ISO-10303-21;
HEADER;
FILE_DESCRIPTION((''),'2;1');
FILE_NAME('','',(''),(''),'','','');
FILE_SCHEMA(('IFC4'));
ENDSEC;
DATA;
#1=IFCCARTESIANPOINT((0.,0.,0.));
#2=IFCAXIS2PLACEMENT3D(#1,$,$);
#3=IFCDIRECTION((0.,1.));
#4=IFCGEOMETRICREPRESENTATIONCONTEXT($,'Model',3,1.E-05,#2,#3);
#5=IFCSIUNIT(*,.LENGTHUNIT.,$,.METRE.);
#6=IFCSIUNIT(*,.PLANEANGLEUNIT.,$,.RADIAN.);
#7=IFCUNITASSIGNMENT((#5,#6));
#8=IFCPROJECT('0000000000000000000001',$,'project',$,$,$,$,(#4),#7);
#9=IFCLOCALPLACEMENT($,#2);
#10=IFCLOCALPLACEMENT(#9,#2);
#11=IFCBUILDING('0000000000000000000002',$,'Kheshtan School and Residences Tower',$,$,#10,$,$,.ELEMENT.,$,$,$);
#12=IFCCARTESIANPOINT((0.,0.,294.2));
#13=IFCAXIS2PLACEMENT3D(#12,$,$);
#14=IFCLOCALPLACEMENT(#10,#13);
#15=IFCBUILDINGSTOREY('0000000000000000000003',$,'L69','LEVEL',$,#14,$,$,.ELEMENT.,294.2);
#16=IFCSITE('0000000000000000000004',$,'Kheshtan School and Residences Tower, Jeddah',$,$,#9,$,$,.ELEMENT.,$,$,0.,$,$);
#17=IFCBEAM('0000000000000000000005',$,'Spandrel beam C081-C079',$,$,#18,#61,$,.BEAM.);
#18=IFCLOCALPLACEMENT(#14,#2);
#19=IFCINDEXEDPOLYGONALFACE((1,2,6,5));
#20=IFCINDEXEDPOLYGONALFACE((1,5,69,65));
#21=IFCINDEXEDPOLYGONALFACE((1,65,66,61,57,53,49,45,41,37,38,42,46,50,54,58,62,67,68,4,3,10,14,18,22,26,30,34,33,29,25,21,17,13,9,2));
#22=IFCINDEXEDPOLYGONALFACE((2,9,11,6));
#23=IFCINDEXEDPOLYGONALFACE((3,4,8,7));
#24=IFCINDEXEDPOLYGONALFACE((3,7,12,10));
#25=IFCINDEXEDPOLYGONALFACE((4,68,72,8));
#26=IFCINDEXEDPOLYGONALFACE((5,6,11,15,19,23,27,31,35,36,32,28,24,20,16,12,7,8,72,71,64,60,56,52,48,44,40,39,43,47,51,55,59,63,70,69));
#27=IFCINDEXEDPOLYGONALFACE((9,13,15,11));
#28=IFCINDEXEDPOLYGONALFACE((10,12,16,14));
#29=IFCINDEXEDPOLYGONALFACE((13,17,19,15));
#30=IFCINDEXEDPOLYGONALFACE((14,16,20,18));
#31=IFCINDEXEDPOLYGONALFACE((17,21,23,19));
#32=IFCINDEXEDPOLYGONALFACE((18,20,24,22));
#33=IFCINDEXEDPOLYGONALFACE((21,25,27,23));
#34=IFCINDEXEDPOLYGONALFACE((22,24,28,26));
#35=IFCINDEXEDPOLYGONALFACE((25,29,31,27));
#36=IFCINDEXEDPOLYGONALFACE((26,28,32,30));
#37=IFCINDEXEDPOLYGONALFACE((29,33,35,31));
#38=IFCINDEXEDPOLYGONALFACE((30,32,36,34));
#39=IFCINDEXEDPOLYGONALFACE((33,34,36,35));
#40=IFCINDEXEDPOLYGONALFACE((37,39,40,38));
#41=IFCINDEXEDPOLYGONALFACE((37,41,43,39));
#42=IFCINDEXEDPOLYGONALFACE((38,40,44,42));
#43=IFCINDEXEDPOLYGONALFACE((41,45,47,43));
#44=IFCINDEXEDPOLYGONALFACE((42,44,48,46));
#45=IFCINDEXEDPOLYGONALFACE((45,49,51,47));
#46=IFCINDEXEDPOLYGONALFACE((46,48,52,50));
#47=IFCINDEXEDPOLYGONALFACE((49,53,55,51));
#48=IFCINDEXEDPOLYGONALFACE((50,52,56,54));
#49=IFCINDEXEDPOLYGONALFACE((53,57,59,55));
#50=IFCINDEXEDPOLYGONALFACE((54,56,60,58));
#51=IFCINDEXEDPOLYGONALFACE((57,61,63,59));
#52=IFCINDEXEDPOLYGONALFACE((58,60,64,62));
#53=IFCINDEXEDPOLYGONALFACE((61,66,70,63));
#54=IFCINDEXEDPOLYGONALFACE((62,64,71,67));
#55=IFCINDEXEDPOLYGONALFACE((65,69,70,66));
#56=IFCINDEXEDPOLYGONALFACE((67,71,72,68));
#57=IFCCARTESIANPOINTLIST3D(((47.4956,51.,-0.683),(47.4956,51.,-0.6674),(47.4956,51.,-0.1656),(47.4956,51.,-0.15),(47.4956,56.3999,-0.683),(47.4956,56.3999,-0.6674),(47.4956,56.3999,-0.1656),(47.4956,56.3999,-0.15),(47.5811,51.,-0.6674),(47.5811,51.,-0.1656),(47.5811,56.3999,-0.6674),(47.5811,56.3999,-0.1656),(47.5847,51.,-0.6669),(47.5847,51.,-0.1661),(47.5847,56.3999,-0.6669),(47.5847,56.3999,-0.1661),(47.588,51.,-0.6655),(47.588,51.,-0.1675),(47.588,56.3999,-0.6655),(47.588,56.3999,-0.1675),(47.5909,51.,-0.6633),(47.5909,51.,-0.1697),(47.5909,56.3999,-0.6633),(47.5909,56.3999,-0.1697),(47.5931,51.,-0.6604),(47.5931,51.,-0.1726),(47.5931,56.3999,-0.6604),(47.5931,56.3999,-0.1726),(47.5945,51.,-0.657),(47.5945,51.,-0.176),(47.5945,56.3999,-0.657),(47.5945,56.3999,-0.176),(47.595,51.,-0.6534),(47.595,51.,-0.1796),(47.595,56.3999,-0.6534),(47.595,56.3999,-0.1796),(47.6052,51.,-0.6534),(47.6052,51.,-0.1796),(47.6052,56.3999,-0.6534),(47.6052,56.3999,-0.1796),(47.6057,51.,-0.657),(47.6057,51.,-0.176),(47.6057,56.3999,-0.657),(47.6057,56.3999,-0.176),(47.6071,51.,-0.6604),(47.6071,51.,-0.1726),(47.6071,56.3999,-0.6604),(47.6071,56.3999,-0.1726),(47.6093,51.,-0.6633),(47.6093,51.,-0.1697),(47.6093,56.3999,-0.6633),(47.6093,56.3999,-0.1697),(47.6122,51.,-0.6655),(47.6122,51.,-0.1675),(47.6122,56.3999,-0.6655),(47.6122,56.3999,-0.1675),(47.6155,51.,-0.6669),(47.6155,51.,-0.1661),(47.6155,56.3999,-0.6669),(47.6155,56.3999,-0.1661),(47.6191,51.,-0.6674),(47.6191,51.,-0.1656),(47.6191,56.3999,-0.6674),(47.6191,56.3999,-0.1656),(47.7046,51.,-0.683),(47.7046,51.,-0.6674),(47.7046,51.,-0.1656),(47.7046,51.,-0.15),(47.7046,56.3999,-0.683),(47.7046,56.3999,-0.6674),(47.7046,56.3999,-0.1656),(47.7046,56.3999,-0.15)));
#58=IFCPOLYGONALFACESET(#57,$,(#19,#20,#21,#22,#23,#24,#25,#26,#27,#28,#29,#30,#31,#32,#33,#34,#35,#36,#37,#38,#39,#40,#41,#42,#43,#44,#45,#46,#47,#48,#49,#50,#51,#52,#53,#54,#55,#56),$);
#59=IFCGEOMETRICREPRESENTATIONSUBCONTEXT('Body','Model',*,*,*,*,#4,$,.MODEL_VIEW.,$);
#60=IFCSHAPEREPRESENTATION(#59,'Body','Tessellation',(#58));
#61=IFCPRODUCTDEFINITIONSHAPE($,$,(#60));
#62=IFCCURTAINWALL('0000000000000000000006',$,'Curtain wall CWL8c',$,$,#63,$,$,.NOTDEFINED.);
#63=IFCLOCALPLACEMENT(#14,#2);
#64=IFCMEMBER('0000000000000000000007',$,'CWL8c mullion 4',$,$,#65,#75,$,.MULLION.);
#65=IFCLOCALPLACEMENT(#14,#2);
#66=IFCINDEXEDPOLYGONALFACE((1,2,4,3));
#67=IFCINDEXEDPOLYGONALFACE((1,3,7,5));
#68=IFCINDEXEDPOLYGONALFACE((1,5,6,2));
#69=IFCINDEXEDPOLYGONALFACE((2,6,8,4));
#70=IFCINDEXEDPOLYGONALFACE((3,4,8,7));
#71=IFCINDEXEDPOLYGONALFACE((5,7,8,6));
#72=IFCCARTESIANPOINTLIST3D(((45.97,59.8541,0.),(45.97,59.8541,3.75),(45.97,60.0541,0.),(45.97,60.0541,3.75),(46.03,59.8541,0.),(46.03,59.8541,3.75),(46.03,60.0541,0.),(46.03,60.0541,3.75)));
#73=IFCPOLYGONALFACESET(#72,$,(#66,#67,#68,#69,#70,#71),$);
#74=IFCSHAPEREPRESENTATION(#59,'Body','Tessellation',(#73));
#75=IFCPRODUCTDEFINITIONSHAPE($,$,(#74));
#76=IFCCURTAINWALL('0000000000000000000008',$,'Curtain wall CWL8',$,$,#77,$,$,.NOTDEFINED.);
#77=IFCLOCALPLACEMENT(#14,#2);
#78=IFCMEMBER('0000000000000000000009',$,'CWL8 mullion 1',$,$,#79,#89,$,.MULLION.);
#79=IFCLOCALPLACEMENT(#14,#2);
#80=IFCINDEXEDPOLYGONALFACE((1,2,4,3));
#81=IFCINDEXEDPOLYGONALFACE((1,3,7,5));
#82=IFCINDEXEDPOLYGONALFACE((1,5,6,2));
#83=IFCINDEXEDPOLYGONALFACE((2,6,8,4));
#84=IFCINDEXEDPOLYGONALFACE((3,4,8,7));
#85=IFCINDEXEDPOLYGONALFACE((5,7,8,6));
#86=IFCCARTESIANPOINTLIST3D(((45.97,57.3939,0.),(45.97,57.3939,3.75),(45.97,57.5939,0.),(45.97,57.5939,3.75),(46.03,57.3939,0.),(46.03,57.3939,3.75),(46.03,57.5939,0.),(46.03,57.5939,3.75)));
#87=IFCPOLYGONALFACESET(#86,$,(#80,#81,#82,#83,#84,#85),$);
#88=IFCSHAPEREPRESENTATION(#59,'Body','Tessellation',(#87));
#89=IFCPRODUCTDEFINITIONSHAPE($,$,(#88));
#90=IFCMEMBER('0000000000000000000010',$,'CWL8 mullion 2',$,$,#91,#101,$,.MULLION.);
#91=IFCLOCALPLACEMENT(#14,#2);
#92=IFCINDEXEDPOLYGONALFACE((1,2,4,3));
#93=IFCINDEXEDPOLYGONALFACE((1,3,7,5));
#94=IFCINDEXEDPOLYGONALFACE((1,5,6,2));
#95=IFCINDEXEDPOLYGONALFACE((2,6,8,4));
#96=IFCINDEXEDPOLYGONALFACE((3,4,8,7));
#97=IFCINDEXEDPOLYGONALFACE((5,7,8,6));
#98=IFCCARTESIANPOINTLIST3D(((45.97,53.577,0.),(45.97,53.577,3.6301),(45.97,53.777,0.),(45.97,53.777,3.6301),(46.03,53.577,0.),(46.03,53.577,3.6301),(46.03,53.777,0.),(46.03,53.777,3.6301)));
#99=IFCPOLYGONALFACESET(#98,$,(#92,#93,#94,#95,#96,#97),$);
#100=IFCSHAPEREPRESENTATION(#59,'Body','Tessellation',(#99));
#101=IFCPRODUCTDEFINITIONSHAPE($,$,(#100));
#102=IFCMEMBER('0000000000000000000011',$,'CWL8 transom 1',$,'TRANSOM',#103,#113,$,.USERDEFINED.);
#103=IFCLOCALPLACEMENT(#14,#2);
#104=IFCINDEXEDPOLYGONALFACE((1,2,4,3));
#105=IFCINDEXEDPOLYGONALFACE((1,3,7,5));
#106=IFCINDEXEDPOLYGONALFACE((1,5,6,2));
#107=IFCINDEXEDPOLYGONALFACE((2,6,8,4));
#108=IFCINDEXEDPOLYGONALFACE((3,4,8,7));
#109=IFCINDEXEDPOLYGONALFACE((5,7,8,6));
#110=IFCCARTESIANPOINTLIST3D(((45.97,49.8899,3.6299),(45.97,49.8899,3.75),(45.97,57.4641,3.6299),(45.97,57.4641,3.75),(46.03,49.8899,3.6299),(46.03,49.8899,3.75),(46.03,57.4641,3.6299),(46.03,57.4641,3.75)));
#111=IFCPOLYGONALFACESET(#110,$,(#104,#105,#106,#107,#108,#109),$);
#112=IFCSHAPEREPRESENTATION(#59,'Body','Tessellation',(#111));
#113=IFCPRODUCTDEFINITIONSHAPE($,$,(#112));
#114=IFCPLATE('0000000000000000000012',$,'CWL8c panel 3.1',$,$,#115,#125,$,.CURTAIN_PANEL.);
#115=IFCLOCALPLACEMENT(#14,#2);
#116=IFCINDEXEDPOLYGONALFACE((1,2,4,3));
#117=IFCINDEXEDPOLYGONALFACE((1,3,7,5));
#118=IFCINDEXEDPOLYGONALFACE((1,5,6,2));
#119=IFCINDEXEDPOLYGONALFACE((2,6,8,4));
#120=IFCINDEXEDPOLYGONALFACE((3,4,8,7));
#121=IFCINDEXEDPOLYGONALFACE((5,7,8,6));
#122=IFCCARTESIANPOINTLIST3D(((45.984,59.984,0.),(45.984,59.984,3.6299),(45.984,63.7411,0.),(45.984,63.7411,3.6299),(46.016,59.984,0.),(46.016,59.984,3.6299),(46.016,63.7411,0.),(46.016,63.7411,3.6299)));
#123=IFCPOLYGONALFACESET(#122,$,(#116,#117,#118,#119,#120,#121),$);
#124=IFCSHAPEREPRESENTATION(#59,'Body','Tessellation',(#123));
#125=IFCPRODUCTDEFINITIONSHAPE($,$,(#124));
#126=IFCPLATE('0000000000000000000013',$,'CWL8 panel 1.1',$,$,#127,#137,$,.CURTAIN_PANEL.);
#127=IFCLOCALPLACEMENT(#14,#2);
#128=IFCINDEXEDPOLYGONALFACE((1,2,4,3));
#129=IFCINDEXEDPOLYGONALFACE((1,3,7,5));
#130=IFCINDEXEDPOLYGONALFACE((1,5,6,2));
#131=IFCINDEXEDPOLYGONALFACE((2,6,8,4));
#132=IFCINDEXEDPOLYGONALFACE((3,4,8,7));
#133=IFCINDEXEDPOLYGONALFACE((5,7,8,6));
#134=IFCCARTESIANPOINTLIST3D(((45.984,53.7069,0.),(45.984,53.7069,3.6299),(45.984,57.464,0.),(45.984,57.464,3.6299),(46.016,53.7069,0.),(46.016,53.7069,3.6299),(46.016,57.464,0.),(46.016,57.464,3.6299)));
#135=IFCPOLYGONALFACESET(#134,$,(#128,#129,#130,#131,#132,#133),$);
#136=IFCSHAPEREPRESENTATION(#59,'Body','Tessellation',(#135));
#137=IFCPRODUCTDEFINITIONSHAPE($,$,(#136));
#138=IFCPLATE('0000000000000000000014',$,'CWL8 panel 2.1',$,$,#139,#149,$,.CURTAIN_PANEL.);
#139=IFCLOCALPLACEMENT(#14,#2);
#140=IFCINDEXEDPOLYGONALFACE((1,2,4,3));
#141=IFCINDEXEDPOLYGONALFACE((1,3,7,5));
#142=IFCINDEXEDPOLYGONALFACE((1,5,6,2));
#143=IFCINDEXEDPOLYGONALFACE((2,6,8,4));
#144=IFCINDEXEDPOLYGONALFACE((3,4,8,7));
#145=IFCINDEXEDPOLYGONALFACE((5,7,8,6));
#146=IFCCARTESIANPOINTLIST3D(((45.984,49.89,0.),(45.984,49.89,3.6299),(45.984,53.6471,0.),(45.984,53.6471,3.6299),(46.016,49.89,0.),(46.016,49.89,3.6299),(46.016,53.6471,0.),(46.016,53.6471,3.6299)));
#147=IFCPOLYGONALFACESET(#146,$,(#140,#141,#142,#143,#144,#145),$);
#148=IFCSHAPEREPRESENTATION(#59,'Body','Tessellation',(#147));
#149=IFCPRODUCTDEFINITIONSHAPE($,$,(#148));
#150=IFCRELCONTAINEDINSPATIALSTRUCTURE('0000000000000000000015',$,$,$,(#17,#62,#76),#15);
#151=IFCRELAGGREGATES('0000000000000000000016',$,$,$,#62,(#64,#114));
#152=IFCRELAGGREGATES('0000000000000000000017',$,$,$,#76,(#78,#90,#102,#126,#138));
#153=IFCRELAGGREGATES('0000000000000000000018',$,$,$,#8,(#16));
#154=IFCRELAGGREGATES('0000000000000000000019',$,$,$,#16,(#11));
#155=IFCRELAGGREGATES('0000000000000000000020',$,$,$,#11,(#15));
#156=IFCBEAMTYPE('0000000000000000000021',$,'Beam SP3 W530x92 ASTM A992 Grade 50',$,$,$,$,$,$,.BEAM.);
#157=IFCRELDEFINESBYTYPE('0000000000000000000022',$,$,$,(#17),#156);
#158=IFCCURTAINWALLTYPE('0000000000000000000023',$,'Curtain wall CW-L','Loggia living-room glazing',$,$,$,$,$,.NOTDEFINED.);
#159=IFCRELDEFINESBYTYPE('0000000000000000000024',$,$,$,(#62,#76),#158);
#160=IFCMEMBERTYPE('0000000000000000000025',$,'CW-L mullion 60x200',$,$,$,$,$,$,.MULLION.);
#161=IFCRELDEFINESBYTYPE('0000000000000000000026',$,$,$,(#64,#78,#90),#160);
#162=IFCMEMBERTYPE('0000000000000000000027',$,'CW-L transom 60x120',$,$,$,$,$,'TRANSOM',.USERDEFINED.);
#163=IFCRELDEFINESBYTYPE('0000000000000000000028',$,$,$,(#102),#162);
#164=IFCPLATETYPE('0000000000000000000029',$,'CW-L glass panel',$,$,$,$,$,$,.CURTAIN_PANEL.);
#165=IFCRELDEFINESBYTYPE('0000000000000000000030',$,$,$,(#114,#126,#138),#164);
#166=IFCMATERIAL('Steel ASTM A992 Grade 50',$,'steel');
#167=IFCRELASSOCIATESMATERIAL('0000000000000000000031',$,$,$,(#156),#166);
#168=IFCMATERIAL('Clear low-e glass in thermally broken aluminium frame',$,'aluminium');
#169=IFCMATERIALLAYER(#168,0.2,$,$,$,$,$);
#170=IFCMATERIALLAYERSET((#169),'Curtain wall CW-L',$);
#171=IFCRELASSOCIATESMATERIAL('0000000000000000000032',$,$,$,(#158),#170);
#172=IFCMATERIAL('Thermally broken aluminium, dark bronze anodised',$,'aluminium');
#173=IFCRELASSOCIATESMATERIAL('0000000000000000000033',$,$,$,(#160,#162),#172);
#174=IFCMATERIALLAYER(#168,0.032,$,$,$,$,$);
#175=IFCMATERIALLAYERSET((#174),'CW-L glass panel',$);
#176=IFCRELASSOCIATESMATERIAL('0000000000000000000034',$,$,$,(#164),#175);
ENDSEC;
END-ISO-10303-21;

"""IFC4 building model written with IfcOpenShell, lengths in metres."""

from ifc_helpers import new_model, si_unit, direction, frame, origin, origin_2d, place, context, subcontext, project, spatial, rectangle, i_section, extrude, material, layer, layer_set, material_profile, profile_set, type_object, element, aggregate, save


model = new_model("IFC4")

# Units and contexts
model_context = context("Model", 3, precision=1e-05, world=origin(), true_north=direction((0.0, 1.0)))
body_context = subcontext(model_context, "Body", "Model", "MODEL_VIEW")
ifc_project = project(units=[si_unit("LENGTHUNIT", "METRE"), si_unit("PLANEANGLEUNIT", "RADIAN")], contexts=[model_context])

# Site, building, storey
site_placement = place(None, origin())
site = spatial("IfcSite", under=ifc_project, at=site_placement, Name="Kheshtan School and Residences Tower, Jeddah", CompositionType="ELEMENT", RefElevation=0.0)
building_placement = place(site_placement, origin())
building = spatial("IfcBuilding", under=site, at=building_placement, Name="Kheshtan School and Residences Tower", CompositionType="ELEMENT")
storey_placement = place(building_placement, frame((0.0, 0.0, 294.2)))
storey = spatial("IfcBuildingStorey", under=building, at=storey_placement, Name="L69", Description="LEVEL", CompositionType="ELEMENT", Elevation=294.2)

# Shared definitions
ifc_material_1 = material(Name="Steel ASTM A992 Grade 50", Category="steel")

# Beam
ifc_material_profile_1 = material_profile(ifc_material_1, i_section(OverallWidth=0.209, OverallDepth=0.533, WebThickness=0.0103, FlangeThickness=0.0156, FilletRadius=0.0139, at=origin_2d()), Name="W530x92")
ifc_profile_set_1 = profile_set([ifc_material_profile_1], Name="Steel ASTM A992 Grade 50")
beam_type_1 = type_object("IfcBeamType", Name="Beam SP3 W530x92 ASTM A992 Grade 50", PredefinedType="BEAM", material=ifc_profile_set_1)
beam_1_placement = place(storey_placement, frame((47.6001, 56.3999, -0.4165), z_axis=(0.0, -1.0, 0.0), x_axis=(1.0, 0.0, 0.0)))
element("IfcBeam", 1, at=beam_1_placement, inside=storey, type_object=beam_type_1, Name="Spandrel beam C081-C079", PredefinedType="BEAM", context=body_context, shape_type="SweptSolid", body=[
    extrude(i_section(OverallWidth=0.209, OverallDepth=0.533, WebThickness=0.0103, FlangeThickness=0.0156, FilletRadius=0.0139, at=origin_2d()), origin(), (0.0, 0.0, 1.0), 5.3999),
])

# Curtain wall, member
ifc_material_2 = material(Name="Clear low-e glass in thermally broken aluminium frame", Category="aluminium")
ifc_layer_1 = layer(ifc_material_2, 0.2)
ifc_layer_set_1 = layer_set([ifc_layer_1], Name="Curtain wall CW-L")
curtain_wall_type = type_object("IfcCurtainWallType", Name="Curtain wall CW-L", Description="Loggia living-room glazing", PredefinedType="NOTDEFINED", material=ifc_layer_set_1)
curtain_wall_1_placement = place(storey_placement, origin())
curtain_wall_1 = element("IfcCurtainWall", 2, at=curtain_wall_1_placement, inside=storey, type_object=curtain_wall_type, Name="Curtain wall CWL8c", PredefinedType="NOTDEFINED")
ifc_material_3 = material(Name="Thermally broken aluminium, dark bronze anodised", Category="aluminium")
ifc_material_profile_2 = material_profile(ifc_material_3, rectangle(XDim=0.0601, YDim=0.2, at=origin_2d()), Name="CW-L mullion 60x200")
ifc_profile_set_2 = profile_set([ifc_material_profile_2], Name="Thermally broken aluminium, dark bronze anodised")
member_type_1 = type_object("IfcMemberType", Name="CW-L mullion 60x200", PredefinedType="MULLION", material=ifc_profile_set_2)
member_1_placement = place(storey_placement, frame((46.0, 59.9541, 0.0), z_axis=(0.0, 0.0, 1.0), x_axis=(1.0, 0.0, 0.0)))
member_1 = element("IfcMember", 3, at=member_1_placement, type_object=member_type_1, Name="CWL8c mullion 4", PredefinedType="MULLION", context=body_context, shape_type="SweptSolid", body=[
    extrude(rectangle(XDim=0.0601, YDim=0.2, at=origin_2d()), origin(), (0.0, 0.0, 1.0), 3.75),
])

# Curtain wall, members
curtain_wall_2_placement = place(storey_placement, origin())
curtain_wall_2 = element("IfcCurtainWall", 4, at=curtain_wall_2_placement, inside=storey, type_object=curtain_wall_type, Name="Curtain wall CWL8", PredefinedType="NOTDEFINED")
member_2_placement = place(storey_placement, frame((46.0, 57.4939, 0.0), z_axis=(0.0, 0.0, 1.0), x_axis=(1.0, 0.0, 0.0)))
member_2 = element("IfcMember", 5, at=member_2_placement, type_object=member_type_1, Name="CWL8 mullion 1", PredefinedType="MULLION", context=body_context, shape_type="SweptSolid", body=[
    extrude(rectangle(XDim=0.0601, YDim=0.2, at=origin_2d()), origin(), (0.0, 0.0, 1.0), 3.75),
])
member_3_placement = place(storey_placement, frame((46.0, 53.677, 0.0), z_axis=(0.0, 0.0, 1.0), x_axis=(1.0, 0.0, 0.0)))
member_3 = element("IfcMember", 6, at=member_3_placement, type_object=member_type_1, Name="CWL8 mullion 2", PredefinedType="MULLION", context=body_context, shape_type="SweptSolid", body=[
    extrude(rectangle(XDim=0.0601, YDim=0.2, at=origin_2d()), origin(), (0.0, 0.0, 1.0), 3.6301),
])
ifc_material_profile_3 = material_profile(ifc_material_3, rectangle(XDim=0.0601, YDim=0.1201, at=origin_2d()), Name="CW-L transom 60x120")
ifc_profile_set_3 = profile_set([ifc_material_profile_3], Name="Thermally broken aluminium, dark bronze anodised")
member_type_2 = type_object("IfcMemberType", Name="CW-L transom 60x120", ElementType="TRANSOM", PredefinedType="USERDEFINED", material=ifc_profile_set_3)
member_4_placement = place(storey_placement, frame((46.0, 57.4641, 3.6899), z_axis=(0.0, -1.0, 0.0), x_axis=(1.0, 0.0, 0.0)))
member_4 = element("IfcMember", 7, at=member_4_placement, type_object=member_type_2, Name="CWL8 transom 1", ObjectType="TRANSOM", PredefinedType="USERDEFINED", context=body_context, shape_type="SweptSolid", body=[
    extrude(rectangle(XDim=0.0601, YDim=0.1201, at=origin_2d()), origin(), (0.0, 0.0, 1.0), 7.5742),
])

# Plates
ifc_layer_2 = layer(ifc_material_2, 0.032)
ifc_layer_set_2 = layer_set([ifc_layer_2], Name="CW-L glass panel")
plate_type = type_object("IfcPlateType", Name="CW-L glass panel", PredefinedType="CURTAIN_PANEL", material=ifc_layer_set_2)
plate_1_placement = place(storey_placement, frame((46.0, 61.8625, 0.0), z_axis=(0.0, 0.0, 1.0), x_axis=(0.0, -1.0, 0.0)))
plate_1 = element("IfcPlate", 8, at=plate_1_placement, type_object=plate_type, Name="CWL8c panel 3.1", PredefinedType="CURTAIN_PANEL", context=body_context, shape_type="SweptSolid", body=[
    extrude(rectangle(XDim=3.7571, YDim=0.032, at=origin_2d()), origin(), (0.0, 0.0, 1.0), 3.6299),
])
aggregate(curtain_wall_1, [member_1, plate_1])
plate_2_placement = place(storey_placement, frame((46.0, 55.5854, 0.0), z_axis=(0.0, 0.0, 1.0), x_axis=(0.0, -1.0, 0.0)))
plate_2 = element("IfcPlate", 9, at=plate_2_placement, type_object=plate_type, Name="CWL8 panel 1.1", PredefinedType="CURTAIN_PANEL", context=body_context, shape_type="SweptSolid", body=[
    extrude(rectangle(XDim=3.7571, YDim=0.032, at=origin_2d()), origin(), (0.0, 0.0, 1.0), 3.6299),
])
plate_3_placement = place(storey_placement, frame((46.0, 51.7686, 0.0), z_axis=(0.0, 0.0, 1.0), x_axis=(0.0, -1.0, 0.0)))
plate_3 = element("IfcPlate", 10, at=plate_3_placement, type_object=plate_type, Name="CWL8 panel 2.1", PredefinedType="CURTAIN_PANEL", context=body_context, shape_type="SweptSolid", body=[
    extrude(rectangle(XDim=3.7571, YDim=0.032, at=origin_2d()), origin(), (0.0, 0.0, 1.0), 3.6299),
])
aggregate(curtain_wall_2, [member_2, member_3, member_4, plate_2, plate_3])

save(model, "model.ifc")
